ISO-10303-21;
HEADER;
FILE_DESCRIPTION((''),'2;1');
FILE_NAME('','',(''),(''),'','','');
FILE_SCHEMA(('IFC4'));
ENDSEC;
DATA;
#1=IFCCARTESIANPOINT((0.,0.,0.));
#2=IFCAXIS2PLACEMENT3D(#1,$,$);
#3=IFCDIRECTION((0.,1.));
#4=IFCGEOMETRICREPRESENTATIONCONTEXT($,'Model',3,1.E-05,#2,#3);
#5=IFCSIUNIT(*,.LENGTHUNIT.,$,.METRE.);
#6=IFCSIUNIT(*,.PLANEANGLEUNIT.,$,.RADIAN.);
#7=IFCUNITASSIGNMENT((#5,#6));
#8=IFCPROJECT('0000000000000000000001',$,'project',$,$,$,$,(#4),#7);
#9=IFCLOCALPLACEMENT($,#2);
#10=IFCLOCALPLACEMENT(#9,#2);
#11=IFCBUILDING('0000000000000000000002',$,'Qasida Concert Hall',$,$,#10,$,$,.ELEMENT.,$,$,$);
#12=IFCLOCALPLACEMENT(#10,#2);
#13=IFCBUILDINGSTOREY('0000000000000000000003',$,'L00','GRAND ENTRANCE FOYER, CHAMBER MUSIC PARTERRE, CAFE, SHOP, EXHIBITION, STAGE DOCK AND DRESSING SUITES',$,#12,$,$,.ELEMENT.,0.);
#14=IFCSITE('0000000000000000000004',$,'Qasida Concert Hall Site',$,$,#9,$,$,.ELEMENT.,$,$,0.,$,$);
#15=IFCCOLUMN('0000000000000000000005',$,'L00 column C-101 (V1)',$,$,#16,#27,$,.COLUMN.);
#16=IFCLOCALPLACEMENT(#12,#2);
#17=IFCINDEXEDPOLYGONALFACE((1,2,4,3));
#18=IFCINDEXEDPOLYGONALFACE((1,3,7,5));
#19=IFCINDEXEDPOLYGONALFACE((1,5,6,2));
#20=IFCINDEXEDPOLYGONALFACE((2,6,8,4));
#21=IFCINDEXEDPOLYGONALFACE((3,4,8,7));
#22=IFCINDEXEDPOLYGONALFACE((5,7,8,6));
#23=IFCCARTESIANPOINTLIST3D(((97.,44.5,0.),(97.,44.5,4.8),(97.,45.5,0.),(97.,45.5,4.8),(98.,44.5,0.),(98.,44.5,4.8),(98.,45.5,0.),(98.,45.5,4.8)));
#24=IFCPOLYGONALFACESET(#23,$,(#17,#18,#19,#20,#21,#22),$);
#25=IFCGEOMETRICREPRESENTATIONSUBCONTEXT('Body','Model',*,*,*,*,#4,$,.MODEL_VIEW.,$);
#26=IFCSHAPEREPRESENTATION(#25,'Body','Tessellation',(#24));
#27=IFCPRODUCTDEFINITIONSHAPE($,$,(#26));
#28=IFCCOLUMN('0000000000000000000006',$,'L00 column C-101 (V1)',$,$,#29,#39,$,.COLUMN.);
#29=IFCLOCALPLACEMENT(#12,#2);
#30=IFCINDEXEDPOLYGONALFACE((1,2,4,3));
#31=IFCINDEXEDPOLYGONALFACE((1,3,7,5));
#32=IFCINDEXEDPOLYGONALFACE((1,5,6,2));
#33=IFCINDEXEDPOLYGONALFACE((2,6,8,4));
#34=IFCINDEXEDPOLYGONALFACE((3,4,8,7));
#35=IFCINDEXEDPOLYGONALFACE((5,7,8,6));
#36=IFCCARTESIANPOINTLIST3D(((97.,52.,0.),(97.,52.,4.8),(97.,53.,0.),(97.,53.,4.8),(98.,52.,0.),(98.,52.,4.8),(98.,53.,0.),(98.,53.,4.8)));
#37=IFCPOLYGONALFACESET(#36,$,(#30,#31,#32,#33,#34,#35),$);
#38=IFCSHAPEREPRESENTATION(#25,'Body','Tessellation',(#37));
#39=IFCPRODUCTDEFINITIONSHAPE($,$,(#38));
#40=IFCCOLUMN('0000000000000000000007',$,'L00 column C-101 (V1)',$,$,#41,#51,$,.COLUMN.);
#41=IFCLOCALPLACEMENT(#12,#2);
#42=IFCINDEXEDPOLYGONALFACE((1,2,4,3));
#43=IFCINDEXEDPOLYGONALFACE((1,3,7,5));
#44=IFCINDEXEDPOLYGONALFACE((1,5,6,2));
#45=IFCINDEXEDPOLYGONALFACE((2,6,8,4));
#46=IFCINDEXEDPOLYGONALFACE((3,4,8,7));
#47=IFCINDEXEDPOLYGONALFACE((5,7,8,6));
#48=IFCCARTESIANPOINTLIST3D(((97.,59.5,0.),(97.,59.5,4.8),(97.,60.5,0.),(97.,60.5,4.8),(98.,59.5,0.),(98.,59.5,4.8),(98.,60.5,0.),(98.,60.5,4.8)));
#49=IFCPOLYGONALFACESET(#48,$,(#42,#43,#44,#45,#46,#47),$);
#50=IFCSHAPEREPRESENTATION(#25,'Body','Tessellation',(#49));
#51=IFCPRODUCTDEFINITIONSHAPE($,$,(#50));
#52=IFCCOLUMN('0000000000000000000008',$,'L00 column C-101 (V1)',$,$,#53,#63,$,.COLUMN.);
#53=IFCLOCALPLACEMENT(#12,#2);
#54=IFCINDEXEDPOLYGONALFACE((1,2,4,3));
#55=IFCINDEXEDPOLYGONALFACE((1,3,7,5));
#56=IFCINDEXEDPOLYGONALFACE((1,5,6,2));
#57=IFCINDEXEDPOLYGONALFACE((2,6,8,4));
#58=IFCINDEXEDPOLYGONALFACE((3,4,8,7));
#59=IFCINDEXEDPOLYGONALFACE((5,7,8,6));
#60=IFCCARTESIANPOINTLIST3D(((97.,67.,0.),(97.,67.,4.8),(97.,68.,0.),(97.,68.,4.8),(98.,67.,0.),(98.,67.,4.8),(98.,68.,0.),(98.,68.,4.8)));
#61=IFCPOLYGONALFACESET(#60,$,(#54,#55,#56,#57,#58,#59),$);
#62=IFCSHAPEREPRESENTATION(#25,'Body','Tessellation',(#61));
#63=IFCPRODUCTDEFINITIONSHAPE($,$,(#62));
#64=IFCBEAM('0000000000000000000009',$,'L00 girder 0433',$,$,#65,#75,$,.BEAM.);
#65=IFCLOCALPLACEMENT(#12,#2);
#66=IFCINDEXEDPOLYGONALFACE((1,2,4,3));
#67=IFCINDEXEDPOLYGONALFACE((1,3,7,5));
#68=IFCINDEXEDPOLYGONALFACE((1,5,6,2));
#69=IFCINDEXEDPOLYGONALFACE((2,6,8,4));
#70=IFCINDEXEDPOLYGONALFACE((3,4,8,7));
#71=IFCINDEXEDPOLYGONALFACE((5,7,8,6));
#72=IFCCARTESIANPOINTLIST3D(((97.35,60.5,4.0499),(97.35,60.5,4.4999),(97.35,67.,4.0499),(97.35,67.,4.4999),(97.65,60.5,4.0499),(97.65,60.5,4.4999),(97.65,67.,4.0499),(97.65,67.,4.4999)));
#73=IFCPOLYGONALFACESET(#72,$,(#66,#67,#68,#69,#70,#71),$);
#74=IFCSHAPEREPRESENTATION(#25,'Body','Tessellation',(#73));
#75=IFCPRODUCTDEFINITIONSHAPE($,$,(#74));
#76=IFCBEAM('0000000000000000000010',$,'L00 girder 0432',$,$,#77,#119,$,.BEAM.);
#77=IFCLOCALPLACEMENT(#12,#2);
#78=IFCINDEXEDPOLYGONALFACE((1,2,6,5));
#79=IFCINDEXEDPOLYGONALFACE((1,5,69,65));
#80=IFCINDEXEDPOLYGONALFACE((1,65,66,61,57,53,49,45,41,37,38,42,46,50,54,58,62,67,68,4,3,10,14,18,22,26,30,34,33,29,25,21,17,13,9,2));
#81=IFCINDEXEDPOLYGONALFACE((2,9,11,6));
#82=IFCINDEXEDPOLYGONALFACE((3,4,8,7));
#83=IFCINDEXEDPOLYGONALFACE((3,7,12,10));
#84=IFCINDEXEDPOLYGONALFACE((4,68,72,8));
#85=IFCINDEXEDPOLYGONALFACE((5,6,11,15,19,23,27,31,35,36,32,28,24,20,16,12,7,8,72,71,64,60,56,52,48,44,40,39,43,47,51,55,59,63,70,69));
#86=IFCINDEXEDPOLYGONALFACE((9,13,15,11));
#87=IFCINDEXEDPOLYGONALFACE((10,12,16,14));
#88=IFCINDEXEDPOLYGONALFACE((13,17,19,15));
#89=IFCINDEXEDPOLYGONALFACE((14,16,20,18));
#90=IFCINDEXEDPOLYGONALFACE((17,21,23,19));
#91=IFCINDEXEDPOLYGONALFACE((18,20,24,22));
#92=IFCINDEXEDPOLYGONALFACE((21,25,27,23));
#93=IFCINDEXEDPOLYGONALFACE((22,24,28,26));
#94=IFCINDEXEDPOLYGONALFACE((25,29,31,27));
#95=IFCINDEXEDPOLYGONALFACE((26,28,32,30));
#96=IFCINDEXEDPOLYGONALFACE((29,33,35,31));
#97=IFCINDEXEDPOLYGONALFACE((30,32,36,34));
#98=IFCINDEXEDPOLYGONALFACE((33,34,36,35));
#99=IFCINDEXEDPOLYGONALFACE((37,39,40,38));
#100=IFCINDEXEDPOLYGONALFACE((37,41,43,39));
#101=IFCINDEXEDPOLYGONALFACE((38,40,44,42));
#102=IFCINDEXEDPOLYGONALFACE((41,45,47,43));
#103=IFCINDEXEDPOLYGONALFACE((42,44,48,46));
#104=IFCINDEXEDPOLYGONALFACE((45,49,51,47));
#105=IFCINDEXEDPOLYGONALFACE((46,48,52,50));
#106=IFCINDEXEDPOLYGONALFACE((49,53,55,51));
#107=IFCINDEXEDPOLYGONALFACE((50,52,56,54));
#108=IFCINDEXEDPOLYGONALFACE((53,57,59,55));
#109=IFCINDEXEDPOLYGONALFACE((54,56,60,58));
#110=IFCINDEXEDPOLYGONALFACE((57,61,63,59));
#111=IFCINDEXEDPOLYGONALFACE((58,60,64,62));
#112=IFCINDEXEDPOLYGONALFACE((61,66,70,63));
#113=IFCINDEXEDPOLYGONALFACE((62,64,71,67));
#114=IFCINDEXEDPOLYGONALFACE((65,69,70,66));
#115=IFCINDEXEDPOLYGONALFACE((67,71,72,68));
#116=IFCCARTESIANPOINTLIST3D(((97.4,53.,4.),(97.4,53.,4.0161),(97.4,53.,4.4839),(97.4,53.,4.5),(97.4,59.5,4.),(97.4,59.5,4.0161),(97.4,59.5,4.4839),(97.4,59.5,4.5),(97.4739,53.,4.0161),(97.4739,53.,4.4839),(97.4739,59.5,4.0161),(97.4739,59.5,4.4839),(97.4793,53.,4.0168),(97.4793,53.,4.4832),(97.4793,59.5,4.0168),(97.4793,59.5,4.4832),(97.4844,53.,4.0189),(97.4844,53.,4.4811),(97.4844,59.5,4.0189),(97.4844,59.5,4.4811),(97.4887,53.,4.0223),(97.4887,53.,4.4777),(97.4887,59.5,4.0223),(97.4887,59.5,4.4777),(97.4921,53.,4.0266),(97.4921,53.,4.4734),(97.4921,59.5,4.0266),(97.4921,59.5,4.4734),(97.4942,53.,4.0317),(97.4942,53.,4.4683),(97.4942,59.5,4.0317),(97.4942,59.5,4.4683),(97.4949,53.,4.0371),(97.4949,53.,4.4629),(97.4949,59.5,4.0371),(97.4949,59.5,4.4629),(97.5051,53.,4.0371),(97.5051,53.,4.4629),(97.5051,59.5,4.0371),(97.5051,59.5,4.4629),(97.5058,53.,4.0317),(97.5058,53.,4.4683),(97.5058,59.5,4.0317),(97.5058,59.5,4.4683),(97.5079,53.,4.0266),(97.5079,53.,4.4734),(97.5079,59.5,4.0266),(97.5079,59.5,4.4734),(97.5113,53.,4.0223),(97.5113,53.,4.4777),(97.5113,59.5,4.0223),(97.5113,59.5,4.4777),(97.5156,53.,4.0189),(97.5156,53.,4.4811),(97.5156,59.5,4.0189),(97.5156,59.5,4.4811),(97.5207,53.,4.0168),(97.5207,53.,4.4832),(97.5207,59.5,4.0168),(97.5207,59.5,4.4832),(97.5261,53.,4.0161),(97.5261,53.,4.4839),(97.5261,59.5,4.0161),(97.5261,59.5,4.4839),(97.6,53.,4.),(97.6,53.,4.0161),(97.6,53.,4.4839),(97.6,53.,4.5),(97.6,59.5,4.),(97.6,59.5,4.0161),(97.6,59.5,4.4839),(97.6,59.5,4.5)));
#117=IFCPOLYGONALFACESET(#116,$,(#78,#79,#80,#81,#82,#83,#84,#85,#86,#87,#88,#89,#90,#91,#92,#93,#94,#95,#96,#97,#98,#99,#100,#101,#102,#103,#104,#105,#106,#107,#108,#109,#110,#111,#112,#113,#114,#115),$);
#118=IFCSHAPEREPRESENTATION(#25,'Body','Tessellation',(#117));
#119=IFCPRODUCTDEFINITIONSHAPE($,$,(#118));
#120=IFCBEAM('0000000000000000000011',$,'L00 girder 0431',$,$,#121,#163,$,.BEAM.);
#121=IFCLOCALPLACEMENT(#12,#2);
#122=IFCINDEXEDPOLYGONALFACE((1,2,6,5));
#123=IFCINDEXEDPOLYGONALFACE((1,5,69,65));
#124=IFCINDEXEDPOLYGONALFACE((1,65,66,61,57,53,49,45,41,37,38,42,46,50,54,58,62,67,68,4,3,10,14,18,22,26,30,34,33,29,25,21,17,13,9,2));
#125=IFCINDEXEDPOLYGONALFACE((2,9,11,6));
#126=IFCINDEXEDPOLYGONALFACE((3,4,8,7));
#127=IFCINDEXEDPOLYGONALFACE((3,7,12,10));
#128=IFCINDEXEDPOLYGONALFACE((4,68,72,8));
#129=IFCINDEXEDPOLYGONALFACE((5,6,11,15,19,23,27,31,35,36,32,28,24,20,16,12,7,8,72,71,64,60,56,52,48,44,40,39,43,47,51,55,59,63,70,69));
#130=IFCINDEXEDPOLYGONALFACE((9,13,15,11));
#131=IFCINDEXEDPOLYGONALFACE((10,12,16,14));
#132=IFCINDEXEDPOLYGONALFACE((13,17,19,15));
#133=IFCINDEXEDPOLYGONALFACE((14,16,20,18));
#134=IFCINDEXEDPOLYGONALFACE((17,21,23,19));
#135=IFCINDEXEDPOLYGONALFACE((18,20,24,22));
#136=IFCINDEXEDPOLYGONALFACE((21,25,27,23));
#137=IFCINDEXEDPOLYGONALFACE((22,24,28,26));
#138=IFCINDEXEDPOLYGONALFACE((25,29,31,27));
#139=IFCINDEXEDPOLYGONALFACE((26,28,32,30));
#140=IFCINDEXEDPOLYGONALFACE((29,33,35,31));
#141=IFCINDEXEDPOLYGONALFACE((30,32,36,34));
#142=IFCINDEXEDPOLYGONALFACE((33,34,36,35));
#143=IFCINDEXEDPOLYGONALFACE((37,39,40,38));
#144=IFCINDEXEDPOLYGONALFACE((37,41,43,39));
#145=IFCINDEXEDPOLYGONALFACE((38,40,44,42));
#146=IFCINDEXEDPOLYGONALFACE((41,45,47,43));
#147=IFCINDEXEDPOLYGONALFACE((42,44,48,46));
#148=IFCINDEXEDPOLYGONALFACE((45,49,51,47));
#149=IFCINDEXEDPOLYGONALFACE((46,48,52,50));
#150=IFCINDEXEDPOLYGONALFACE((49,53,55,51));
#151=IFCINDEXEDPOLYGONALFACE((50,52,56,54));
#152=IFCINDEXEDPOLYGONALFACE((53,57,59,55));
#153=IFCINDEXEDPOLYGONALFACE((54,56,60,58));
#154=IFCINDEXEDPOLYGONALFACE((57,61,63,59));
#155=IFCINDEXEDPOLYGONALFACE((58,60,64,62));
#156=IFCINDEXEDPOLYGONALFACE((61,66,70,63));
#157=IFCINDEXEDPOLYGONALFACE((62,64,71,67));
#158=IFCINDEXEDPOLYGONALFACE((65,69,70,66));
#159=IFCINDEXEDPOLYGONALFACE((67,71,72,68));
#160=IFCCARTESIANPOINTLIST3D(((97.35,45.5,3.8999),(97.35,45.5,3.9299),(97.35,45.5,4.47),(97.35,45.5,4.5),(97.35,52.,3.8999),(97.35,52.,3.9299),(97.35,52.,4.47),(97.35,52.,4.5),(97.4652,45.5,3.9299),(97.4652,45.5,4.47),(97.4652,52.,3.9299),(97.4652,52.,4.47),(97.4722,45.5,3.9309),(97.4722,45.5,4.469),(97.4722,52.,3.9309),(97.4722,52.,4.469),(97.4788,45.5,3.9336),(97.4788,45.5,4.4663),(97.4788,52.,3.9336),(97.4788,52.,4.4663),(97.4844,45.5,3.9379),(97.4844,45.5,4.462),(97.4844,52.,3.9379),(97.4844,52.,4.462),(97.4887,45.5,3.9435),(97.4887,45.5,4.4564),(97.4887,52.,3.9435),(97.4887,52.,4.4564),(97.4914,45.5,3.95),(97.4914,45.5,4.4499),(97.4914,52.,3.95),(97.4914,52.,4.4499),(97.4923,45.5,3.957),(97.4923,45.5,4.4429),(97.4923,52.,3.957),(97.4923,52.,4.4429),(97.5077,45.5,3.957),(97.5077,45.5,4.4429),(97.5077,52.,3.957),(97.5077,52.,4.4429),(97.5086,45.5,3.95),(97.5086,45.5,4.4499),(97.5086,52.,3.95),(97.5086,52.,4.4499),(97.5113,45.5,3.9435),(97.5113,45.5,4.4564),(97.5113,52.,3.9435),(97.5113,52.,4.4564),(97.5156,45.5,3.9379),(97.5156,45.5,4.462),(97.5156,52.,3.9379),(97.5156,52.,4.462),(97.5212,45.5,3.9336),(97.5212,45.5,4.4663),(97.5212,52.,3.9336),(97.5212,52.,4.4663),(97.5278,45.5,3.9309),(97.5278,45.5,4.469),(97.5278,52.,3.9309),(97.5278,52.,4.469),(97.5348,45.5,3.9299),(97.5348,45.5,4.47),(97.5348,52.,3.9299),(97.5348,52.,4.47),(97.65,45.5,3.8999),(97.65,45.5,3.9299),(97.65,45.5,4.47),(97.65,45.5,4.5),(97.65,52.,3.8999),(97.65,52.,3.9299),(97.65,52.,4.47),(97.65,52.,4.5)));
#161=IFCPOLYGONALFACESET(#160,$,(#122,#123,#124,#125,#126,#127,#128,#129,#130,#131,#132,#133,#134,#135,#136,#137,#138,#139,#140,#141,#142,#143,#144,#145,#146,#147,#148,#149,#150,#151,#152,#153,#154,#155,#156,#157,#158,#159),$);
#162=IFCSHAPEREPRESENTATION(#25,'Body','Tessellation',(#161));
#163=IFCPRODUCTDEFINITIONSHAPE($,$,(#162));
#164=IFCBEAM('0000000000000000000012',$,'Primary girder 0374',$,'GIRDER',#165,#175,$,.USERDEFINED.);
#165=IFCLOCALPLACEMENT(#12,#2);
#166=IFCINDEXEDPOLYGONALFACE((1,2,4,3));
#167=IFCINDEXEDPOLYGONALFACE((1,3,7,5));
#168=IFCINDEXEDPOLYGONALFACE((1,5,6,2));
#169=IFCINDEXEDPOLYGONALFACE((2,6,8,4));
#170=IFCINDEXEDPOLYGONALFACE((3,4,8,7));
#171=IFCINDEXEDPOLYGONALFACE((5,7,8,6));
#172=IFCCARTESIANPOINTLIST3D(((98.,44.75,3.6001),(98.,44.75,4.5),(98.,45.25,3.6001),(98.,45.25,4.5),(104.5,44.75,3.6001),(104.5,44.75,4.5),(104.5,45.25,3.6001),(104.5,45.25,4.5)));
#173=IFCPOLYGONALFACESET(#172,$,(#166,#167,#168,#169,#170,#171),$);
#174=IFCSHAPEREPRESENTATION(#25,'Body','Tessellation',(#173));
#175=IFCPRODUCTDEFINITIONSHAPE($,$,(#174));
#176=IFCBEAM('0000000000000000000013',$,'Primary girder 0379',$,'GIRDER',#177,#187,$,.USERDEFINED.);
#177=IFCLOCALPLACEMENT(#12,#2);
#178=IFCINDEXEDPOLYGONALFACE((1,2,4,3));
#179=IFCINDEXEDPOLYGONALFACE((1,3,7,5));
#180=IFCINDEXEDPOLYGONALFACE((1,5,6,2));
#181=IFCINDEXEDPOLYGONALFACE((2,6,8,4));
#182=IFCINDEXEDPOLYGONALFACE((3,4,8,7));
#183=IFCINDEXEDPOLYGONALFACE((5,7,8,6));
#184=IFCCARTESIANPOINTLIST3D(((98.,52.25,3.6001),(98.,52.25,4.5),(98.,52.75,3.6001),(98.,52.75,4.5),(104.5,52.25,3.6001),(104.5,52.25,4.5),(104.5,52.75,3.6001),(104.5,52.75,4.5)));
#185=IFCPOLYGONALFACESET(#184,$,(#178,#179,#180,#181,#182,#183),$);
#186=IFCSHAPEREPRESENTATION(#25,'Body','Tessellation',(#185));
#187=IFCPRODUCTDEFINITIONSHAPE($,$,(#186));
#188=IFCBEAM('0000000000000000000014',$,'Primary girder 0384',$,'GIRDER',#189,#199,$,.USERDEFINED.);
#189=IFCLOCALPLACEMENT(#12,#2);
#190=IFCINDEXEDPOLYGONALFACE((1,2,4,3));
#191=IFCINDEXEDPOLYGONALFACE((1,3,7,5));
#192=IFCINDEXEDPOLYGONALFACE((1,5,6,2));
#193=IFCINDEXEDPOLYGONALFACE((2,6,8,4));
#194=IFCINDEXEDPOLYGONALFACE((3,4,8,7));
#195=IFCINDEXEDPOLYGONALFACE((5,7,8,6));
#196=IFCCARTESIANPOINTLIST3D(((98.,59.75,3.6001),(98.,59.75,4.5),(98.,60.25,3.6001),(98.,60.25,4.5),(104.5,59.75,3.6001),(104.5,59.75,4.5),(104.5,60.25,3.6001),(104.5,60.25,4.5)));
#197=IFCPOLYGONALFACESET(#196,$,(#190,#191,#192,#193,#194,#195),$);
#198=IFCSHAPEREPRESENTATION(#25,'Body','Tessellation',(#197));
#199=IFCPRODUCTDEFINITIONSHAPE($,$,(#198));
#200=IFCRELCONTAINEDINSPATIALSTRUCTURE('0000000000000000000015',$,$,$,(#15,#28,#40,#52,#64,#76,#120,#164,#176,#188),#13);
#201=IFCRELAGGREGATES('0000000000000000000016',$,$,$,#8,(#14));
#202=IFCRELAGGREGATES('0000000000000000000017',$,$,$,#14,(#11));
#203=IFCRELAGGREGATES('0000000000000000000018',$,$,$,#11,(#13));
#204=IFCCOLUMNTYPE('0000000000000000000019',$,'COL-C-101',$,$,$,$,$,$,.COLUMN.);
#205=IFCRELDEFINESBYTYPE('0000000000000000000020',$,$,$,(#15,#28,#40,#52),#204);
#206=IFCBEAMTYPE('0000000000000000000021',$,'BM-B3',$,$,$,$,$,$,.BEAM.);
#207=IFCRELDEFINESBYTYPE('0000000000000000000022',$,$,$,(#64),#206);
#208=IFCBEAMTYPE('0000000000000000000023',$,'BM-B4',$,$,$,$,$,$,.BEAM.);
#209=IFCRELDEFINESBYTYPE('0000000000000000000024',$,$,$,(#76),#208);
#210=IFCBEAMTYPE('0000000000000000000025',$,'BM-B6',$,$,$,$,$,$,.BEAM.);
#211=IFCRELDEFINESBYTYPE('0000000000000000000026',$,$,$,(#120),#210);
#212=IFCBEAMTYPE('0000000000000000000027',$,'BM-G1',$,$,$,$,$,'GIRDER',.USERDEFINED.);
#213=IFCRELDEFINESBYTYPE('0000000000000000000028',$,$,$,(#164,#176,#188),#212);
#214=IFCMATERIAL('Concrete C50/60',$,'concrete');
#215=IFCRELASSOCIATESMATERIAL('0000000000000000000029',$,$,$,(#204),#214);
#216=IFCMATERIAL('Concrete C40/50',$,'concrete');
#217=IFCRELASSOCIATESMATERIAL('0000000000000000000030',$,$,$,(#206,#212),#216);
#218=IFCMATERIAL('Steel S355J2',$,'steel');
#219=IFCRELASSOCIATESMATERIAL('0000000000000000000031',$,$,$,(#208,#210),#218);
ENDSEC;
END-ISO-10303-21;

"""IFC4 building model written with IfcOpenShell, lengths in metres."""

from ifc_helpers import new_model, si_unit, direction, frame, origin, origin_2d, place, context, subcontext, project, spatial, rectangle, i_section, extrude, material, material_profile, profile_set, type_object, element, save


model = new_model("IFC4")

# Units and contexts
model_context = context("Model", 3, precision=1e-05, world=origin(), true_north=direction((0.0, 1.0)))
body_context = subcontext(model_context, "Body", "Model", "MODEL_VIEW")
ifc_project = project(units=[si_unit("LENGTHUNIT", "METRE"), si_unit("PLANEANGLEUNIT", "RADIAN")], contexts=[model_context])

# Site, building, storey
site_placement = place(None, origin())
site = spatial("IfcSite", under=ifc_project, at=site_placement, Name="Qasida Concert Hall Site", CompositionType="ELEMENT", RefElevation=0.0)
building_placement = place(site_placement, origin())
building = spatial("IfcBuilding", under=site, at=building_placement, Name="Qasida Concert Hall", CompositionType="ELEMENT")
storey_placement = place(building_placement, origin())
storey = spatial("IfcBuildingStorey", under=building, at=storey_placement, Name="L00", Description="GRAND ENTRANCE FOYER, CHAMBER MUSIC PARTERRE, CAFE, SHOP, EXHIBITION, STAGE DOCK AND DRESSING SUITES", CompositionType="ELEMENT", Elevation=0.0)

# Columns
ifc_material_1 = material(Name="Concrete C50/60", Category="concrete")
ifc_material_profile_1 = material_profile(ifc_material_1, rectangle(XDim=1.0, YDim=1.0, at=origin_2d()), Name="RC 1000x1000")
ifc_profile_set_1 = profile_set([ifc_material_profile_1], Name="Concrete C50/60")
column_type = type_object("IfcColumnType", Name="COL-C-101", PredefinedType="COLUMN", material=ifc_profile_set_1)
for number, where, z_axis, x_axis, name in (
    (1, (97.5, 45.0, 0.0), (0.0, 0.0, 1.0), (1.0, 0.0, 0.0), "L00 column C-101 (V1)"),
    (2, (97.5, 52.5, 0.0), (0.0, 0.0, 1.0), (1.0, 0.0, 0.0), "L00 column C-101 (V1)"),
    (3, (97.5, 60.0, 0.0), (0.0, 0.0, 1.0), (1.0, 0.0, 0.0), "L00 column C-101 (V1)"),
    (4, (97.5, 67.5, 0.0), (0.0, 0.0, 1.0), (1.0, 0.0, 0.0), "L00 column C-101 (V1)"),
):
    element("IfcColumn", number, at=place(storey_placement, frame(where, z_axis=z_axis, x_axis=x_axis)), inside=storey, type_object=column_type, Name=name, PredefinedType="COLUMN", context=body_context, shape_type="SweptSolid", body=[
        extrude(rectangle(XDim=1.0, YDim=1.0, at=origin_2d()), origin(), (0.0, 0.0, 1.0), 4.8),
    ])

# Beams
ifc_material_2 = material(Name="Concrete C40/50", Category="concrete")
ifc_material_profile_2 = material_profile(ifc_material_2, rectangle(XDim=0.3, YDim=0.45, at=origin_2d()), Name="RC 300x450")
ifc_profile_set_2 = profile_set([ifc_material_profile_2], Name="Concrete C40/50")
beam_type_1 = type_object("IfcBeamType", Name="BM-B3", PredefinedType="BEAM", material=ifc_profile_set_2)
beam_1_placement = place(storey_placement, frame((97.5, 60.5, 4.2749), z_axis=(0.0, 1.0, 0.0), x_axis=(-1.0, 0.0, 0.0)))
element("IfcBeam", 5, at=beam_1_placement, inside=storey, type_object=beam_type_1, Name="L00 girder 0433", PredefinedType="BEAM", context=body_context, shape_type="SweptSolid", body=[
    extrude(rectangle(XDim=0.3, YDim=0.45, at=origin_2d()), origin(), (0.0, 0.0, 1.0), 6.5),
])
ifc_material_3 = material(Name="Steel S355J2", Category="steel")
ifc_material_profile_3 = material_profile(ifc_material_3, i_section(OverallWidth=0.2, OverallDepth=0.5, WebThickness=0.0103, FlangeThickness=0.0161, FilletRadius=0.021, at=origin_2d()), Name="IPE 500")
ifc_profile_set_3 = profile_set([ifc_material_profile_3], Name="Steel S355J2")
beam_type_2 = type_object("IfcBeamType", Name="BM-B4", PredefinedType="BEAM", material=ifc_profile_set_3)
beam_2_placement = place(storey_placement, frame((97.5, 53.0, 4.25), z_axis=(0.0, 1.0, 0.0), x_axis=(-1.0, 0.0, 0.0)))
element("IfcBeam", 6, at=beam_2_placement, inside=storey, type_object=beam_type_2, Name="L00 girder 0432", PredefinedType="BEAM", context=body_context, shape_type="SweptSolid", body=[
    extrude(i_section(OverallWidth=0.2, OverallDepth=0.5, WebThickness=0.0103, FlangeThickness=0.0161, FilletRadius=0.021, at=origin_2d()), origin(), (0.0, 0.0, 1.0), 6.5),
])
ifc_material_profile_4 = material_profile(ifc_material_3, i_section(OverallWidth=0.3, OverallDepth=0.6001, WebThickness=0.0154, FlangeThickness=0.03, FilletRadius=0.0271, at=origin_2d()), Name="HEB 600")
ifc_profile_set_4 = profile_set([ifc_material_profile_4], Name="Steel S355J2")
beam_type_3 = type_object("IfcBeamType", Name="BM-B6", PredefinedType="BEAM", material=ifc_profile_set_4)
beam_3_placement = place(storey_placement, frame((97.5, 45.5, 4.2), z_axis=(0.0, 1.0, 0.0), x_axis=(-1.0, 0.0, 0.0)))
element("IfcBeam", 7, at=beam_3_placement, inside=storey, type_object=beam_type_3, Name="L00 girder 0431", PredefinedType="BEAM", context=body_context, shape_type="SweptSolid", body=[
    extrude(i_section(OverallWidth=0.3, OverallDepth=0.6001, WebThickness=0.0154, FlangeThickness=0.03, FilletRadius=0.0271, at=origin_2d()), origin(), (0.0, 0.0, 1.0), 6.5),
])
ifc_material_profile_5 = material_profile(ifc_material_2, rectangle(XDim=0.5, YDim=0.8999, at=origin_2d()), Name="RC 500x900")
ifc_profile_set_5 = profile_set([ifc_material_profile_5], Name="Concrete C40/50")
beam_type_4 = type_object("IfcBeamType", Name="BM-G1", ElementType="GIRDER", PredefinedType="USERDEFINED", material=ifc_profile_set_5)
for number, where, z_axis, x_axis, name in (
    (8, (98.0, 45.0, 4.05), (1.0, 0.0, 0.0), (0.0, 1.0, 0.0), "Primary girder 0374"),
    (9, (98.0, 52.5, 4.05), (1.0, 0.0, 0.0), (0.0, 1.0, 0.0), "Primary girder 0379"),
    (10, (98.0, 60.0, 4.05), (1.0, 0.0, 0.0), (0.0, 1.0, 0.0), "Primary girder 0384"),
):
    element("IfcBeam", number, at=place(storey_placement, frame(where, z_axis=z_axis, x_axis=x_axis)), inside=storey, type_object=beam_type_4, Name=name, ObjectType="GIRDER", PredefinedType="USERDEFINED", context=body_context, shape_type="SweptSolid", body=[
        extrude(rectangle(XDim=0.5, YDim=0.8999, at=origin_2d()), origin(), (0.0, 0.0, 1.0), 6.5),
    ])

save(model, "model.ifc")
